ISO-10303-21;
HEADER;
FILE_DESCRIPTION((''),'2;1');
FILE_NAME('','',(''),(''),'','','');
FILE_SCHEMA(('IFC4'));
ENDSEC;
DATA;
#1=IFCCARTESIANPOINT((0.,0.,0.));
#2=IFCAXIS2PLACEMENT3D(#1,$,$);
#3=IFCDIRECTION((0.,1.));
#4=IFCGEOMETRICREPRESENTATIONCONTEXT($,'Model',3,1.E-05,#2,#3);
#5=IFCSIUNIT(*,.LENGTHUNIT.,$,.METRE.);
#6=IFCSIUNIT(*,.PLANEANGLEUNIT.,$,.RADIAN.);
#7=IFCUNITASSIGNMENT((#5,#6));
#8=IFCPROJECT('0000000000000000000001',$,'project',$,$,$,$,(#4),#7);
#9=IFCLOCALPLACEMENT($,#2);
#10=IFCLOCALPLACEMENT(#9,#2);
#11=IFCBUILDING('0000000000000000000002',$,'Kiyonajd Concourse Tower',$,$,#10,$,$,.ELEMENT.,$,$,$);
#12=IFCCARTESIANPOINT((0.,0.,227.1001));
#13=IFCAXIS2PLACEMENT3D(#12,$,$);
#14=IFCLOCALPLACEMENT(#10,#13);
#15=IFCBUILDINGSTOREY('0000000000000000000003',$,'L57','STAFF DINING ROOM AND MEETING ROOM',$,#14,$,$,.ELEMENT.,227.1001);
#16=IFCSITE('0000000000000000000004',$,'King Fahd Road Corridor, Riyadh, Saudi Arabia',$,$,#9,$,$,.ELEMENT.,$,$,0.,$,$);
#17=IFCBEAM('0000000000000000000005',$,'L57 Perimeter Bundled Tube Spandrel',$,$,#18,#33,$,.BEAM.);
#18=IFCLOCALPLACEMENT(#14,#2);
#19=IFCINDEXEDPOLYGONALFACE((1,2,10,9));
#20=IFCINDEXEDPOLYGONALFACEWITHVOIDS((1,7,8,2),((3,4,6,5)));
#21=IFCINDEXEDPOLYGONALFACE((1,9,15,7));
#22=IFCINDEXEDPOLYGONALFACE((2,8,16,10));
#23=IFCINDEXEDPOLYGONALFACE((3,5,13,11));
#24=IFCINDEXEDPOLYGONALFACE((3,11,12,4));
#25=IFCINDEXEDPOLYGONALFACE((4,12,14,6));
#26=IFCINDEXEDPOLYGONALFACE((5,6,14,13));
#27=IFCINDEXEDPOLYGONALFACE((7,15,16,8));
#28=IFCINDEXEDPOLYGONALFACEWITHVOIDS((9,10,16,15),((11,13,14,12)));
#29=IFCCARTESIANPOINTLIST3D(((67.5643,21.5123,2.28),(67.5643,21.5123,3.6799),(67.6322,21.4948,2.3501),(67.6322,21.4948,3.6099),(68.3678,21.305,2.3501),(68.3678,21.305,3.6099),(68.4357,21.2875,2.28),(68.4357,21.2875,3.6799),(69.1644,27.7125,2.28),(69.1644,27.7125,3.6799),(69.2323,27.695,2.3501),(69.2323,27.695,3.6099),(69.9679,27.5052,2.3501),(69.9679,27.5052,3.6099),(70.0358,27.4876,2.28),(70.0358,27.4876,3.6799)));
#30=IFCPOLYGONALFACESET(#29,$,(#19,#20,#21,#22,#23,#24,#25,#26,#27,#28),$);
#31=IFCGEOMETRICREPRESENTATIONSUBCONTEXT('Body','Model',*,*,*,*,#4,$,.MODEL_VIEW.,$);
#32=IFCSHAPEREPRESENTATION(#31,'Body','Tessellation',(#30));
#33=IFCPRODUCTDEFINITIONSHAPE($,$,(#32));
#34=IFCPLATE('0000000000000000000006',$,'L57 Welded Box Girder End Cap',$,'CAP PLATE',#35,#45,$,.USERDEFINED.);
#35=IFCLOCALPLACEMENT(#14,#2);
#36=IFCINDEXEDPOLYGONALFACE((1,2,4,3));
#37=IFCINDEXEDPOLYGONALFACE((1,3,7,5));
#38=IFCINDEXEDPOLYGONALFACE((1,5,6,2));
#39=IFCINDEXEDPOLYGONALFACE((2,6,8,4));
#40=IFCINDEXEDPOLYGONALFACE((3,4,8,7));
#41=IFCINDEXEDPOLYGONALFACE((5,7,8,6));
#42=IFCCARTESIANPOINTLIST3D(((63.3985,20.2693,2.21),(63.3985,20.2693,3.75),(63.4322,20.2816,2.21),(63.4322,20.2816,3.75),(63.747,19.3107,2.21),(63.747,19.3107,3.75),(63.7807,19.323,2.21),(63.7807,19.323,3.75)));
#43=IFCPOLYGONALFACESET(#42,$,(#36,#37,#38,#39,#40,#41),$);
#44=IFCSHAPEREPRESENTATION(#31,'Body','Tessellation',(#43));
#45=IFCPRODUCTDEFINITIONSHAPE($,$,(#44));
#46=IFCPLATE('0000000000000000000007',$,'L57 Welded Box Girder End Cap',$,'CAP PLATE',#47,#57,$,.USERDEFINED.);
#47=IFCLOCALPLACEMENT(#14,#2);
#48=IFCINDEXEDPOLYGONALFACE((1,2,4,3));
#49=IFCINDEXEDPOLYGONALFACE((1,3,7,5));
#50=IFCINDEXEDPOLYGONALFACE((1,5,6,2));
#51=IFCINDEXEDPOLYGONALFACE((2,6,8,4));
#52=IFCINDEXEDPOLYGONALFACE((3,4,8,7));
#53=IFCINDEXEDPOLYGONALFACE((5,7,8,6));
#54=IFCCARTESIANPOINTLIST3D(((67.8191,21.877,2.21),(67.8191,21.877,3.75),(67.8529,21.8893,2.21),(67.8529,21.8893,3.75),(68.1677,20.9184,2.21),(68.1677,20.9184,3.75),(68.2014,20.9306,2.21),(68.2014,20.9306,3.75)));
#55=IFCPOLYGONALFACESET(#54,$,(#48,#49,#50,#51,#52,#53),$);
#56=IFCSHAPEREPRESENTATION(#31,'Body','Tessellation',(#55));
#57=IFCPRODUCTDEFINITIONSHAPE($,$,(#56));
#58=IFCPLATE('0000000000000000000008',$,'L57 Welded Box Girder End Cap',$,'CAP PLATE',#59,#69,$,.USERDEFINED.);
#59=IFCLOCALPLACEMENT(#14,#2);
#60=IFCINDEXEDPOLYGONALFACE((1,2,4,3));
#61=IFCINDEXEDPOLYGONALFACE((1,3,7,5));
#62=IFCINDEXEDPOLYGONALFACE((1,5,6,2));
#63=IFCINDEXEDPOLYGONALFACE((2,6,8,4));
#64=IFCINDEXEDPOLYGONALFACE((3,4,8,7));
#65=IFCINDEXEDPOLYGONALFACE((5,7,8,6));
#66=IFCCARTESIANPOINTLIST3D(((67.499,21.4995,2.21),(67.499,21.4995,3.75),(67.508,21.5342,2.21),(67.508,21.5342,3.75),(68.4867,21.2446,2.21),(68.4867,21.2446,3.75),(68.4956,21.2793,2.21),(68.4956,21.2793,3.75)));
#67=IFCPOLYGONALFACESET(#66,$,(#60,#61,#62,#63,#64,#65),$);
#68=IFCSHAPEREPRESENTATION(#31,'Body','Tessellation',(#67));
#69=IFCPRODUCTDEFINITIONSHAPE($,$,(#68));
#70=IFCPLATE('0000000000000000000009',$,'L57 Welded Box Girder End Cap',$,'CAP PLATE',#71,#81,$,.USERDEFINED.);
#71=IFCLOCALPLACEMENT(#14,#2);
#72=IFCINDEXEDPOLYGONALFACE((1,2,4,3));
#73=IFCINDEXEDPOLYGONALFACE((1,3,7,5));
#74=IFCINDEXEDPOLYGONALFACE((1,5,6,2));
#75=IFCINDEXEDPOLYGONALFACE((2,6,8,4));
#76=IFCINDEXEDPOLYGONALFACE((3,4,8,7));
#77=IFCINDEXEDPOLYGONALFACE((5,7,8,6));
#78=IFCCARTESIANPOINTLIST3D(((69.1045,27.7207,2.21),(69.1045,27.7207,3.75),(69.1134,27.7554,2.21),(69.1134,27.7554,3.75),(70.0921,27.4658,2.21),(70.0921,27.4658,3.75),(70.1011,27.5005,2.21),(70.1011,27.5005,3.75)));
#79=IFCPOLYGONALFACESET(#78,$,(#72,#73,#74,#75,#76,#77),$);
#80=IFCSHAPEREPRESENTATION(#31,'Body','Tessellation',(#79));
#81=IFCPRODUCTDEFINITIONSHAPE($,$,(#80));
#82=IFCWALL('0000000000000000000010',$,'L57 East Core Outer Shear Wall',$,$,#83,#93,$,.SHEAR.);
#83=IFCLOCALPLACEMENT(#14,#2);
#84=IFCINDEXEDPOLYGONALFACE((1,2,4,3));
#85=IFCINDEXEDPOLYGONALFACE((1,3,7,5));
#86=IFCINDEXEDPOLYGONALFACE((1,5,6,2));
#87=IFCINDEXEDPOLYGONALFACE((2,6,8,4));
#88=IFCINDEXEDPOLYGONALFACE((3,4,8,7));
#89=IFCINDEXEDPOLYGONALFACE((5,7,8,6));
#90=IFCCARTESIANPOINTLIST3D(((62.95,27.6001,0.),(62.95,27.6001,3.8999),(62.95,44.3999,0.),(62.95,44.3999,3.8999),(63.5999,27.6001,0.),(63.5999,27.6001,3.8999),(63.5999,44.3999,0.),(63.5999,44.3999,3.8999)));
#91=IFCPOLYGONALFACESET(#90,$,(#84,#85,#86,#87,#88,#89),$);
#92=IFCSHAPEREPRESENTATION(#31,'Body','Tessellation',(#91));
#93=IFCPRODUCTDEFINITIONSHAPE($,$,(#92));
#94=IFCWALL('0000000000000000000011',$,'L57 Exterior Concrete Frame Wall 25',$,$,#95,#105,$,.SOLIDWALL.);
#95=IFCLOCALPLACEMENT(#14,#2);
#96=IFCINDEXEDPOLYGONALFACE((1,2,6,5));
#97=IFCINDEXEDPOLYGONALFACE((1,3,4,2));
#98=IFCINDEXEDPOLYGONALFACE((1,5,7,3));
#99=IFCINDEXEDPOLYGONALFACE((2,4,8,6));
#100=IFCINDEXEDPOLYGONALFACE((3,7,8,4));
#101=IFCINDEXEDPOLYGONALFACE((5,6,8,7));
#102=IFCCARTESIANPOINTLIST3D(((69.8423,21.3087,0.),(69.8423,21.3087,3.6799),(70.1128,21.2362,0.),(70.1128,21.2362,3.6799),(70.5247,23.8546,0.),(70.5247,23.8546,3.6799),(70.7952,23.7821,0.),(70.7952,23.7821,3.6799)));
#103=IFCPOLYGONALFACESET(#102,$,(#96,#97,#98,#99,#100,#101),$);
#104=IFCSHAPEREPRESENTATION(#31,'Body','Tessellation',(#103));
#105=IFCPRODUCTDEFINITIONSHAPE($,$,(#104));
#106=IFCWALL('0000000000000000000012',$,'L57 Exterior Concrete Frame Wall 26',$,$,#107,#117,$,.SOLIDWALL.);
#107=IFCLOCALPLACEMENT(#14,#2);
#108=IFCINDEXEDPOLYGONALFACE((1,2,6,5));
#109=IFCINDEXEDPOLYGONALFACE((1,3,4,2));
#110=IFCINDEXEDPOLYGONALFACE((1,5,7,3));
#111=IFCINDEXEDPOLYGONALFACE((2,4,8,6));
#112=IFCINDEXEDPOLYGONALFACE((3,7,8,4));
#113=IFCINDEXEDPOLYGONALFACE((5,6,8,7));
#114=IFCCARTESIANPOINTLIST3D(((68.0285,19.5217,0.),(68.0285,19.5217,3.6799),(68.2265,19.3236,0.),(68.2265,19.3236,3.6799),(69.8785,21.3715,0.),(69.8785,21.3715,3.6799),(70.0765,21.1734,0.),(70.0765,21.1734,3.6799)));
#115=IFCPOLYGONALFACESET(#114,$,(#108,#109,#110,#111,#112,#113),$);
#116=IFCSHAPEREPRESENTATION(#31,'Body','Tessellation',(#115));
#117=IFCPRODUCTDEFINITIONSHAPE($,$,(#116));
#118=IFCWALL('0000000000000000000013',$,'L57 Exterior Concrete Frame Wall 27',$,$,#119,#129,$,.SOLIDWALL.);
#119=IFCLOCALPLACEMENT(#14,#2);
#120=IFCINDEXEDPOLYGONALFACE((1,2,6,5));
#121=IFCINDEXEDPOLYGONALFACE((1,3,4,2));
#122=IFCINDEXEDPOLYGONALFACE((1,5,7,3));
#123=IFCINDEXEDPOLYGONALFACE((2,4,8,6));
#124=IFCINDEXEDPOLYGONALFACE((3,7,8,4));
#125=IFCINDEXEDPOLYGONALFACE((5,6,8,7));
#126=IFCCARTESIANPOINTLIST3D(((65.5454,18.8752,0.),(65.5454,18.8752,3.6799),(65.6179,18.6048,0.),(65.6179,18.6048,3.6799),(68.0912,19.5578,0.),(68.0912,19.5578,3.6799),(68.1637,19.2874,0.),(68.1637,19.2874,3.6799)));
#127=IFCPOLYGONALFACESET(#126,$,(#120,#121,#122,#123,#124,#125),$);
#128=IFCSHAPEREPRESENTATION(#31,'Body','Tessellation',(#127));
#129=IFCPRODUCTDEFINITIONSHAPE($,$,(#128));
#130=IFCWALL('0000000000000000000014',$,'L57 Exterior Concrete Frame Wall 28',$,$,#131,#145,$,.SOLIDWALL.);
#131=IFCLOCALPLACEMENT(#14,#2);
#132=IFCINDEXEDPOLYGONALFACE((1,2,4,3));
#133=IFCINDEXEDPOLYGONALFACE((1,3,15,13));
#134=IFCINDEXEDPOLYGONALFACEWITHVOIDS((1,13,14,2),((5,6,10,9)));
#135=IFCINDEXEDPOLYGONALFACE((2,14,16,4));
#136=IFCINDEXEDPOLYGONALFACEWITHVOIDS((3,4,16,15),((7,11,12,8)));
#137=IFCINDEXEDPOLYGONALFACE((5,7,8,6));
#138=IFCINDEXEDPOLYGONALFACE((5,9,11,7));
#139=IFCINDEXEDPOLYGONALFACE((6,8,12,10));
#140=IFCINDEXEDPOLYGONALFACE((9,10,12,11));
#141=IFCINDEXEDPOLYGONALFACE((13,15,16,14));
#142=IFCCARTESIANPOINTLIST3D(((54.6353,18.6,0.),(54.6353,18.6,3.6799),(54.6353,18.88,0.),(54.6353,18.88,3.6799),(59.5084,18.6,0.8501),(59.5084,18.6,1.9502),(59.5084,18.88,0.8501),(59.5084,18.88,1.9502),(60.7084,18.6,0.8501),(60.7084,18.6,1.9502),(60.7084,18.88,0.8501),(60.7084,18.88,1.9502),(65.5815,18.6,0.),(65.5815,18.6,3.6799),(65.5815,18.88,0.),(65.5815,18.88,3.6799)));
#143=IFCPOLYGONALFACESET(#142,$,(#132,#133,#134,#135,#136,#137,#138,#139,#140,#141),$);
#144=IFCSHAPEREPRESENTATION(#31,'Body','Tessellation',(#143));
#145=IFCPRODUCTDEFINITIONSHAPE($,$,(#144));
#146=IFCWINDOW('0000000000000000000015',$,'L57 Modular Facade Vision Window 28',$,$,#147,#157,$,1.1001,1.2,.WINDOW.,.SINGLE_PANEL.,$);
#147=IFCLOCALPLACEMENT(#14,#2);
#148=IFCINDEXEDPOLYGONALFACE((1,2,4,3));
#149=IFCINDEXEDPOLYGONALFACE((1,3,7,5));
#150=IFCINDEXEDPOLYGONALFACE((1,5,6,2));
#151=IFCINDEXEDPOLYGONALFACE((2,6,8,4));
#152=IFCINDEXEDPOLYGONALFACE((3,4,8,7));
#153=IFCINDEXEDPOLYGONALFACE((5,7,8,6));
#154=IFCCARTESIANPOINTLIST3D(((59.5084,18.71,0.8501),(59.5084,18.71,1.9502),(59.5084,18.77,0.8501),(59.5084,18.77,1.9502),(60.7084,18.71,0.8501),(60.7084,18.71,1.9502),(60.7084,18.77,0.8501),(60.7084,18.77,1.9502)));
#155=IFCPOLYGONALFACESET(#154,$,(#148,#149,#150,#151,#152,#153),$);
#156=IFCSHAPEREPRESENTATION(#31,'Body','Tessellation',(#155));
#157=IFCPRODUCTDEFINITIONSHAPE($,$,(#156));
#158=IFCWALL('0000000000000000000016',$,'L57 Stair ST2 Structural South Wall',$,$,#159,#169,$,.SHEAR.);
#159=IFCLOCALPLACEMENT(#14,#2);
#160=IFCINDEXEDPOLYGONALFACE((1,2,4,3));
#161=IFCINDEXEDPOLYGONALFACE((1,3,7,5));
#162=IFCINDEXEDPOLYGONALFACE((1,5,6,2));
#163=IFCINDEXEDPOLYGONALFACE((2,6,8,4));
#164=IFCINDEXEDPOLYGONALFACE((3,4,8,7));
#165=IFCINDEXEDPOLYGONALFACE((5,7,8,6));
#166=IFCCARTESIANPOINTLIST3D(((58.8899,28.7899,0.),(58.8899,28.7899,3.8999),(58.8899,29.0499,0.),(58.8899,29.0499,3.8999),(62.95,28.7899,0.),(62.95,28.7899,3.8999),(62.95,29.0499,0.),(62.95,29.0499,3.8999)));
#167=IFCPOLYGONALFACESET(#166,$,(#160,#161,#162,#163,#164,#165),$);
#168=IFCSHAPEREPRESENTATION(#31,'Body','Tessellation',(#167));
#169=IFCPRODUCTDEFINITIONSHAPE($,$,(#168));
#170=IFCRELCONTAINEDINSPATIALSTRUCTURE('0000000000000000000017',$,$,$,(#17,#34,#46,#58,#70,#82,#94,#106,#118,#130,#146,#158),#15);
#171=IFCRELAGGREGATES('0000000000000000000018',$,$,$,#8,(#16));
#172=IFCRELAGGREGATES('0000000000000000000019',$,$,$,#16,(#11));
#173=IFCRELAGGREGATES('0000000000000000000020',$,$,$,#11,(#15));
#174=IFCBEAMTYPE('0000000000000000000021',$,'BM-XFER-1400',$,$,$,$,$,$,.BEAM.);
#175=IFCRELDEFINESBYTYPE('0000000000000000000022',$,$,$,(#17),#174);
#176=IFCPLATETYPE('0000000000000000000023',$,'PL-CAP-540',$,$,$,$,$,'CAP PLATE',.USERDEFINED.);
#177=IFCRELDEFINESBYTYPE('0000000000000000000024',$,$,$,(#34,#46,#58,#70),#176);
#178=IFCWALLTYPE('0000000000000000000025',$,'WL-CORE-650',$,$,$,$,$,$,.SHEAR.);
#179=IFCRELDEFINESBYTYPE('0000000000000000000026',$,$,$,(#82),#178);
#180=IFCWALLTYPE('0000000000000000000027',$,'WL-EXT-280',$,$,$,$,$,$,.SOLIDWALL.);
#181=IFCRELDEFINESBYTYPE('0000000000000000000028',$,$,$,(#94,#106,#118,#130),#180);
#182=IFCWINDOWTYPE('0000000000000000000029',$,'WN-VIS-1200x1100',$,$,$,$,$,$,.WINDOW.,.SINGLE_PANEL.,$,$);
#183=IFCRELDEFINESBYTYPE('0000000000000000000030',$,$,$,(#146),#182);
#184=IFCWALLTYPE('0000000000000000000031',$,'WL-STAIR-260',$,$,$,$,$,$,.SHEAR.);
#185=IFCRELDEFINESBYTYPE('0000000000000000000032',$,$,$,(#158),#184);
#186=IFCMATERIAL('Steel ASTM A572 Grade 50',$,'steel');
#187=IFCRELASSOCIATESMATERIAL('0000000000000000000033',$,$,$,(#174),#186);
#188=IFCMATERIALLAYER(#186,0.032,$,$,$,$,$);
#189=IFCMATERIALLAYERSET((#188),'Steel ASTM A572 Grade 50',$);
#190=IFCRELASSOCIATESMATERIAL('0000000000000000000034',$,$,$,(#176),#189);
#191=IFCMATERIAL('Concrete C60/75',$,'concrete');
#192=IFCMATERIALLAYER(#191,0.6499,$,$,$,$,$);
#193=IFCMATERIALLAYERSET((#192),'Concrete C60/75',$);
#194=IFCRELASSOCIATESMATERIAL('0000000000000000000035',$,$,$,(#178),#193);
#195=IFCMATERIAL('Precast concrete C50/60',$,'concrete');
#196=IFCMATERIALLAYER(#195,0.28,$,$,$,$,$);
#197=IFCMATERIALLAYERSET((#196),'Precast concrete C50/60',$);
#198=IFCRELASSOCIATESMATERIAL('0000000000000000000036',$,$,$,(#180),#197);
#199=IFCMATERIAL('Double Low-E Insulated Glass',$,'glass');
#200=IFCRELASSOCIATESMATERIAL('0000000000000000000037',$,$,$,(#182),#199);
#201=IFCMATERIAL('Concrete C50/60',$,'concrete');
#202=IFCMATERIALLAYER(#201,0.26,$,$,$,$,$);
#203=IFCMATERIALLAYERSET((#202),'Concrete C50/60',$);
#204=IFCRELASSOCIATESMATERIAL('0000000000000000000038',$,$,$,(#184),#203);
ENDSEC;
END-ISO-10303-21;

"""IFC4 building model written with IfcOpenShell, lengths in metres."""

from ifc_helpers import new_model, si_unit, direction, frame, frame_2d, origin, origin_2d, place, context, subcontext, project, spatial, rectangle, hollow_rectangle, extrude, material, layer, layer_set, material_profile, profile_set, type_object, element, fill, save


model = new_model("IFC4")

# Units and contexts
model_context = context("Model", 3, precision=1e-05, world=origin(), true_north=direction((0.0, 1.0)))
body_context = subcontext(model_context, "Body", "Model", "MODEL_VIEW")
ifc_project = project(units=[si_unit("LENGTHUNIT", "METRE"), si_unit("PLANEANGLEUNIT", "RADIAN")], contexts=[model_context])

# Site, building, storey
site_placement = place(None, origin())
site = spatial("IfcSite", under=ifc_project, at=site_placement, Name="King Fahd Road Corridor, Riyadh, Saudi Arabia", CompositionType="ELEMENT", RefElevation=0.0)
building_placement = place(site_placement, origin())
building = spatial("IfcBuilding", under=site, at=building_placement, Name="Kiyonajd Concourse Tower", CompositionType="ELEMENT")
storey_placement = place(building_placement, frame((0.0, 0.0, 227.1001)))
storey = spatial("IfcBuildingStorey", under=building, at=storey_placement, Name="L57", Description="STAFF DINING ROOM AND MEETING ROOM", CompositionType="ELEMENT", Elevation=227.1001)

# Shared definitions
ifc_material_1 = material(Name="Concrete C60/75", Category="concrete")

# Beam
ifc_material_2 = material(Name="Concrete C50/60", Category="concrete")
ifc_material_3 = material(Name="Steel ASTM A572 Grade 50", Category="steel")
ifc_material_profile_1 = material_profile(ifc_material_3, hollow_rectangle(XDim=0.8999, YDim=1.3999, WallThickness=0.0701, at=origin_2d()), Name="BOX-1400x900x70")
ifc_profile_set_1 = profile_set([ifc_material_profile_1], Name="Steel ASTM A572 Grade 50")
beam_type_1 = type_object("IfcBeamType", Name="BM-XFER-1400", PredefinedType="BEAM", material=ifc_profile_set_1)
beam_1_placement = place(storey_placement, frame((68.0, 21.3999, 2.98), z_axis=(0.249885, 0.968276, 0.0), x_axis=(-0.968276, 0.249885, 0.0)))
element("IfcBeam", 1, at=beam_1_placement, inside=storey, type_object=beam_type_1, Name="L57 Perimeter Bundled Tube Spandrel", PredefinedType="BEAM", context=body_context, shape_type="SweptSolid", body=[
    extrude(hollow_rectangle(XDim=0.8999, YDim=1.3999, WallThickness=0.0701, at=origin_2d()), origin(), (0.0, 0.0, 1.0), 6.4033),
])

# Plates
ifc_layer_1 = layer(ifc_material_3, 0.032)
ifc_layer_set_1 = layer_set([ifc_layer_1], Name="Steel ASTM A572 Grade 50")
plate_type = type_object("IfcPlateType", Name="PL-CAP-540", ElementType="CAP PLATE", PredefinedType="USERDEFINED", material=ifc_layer_set_1)
for number, where, z_axis, x_axis, name in (
    (2, (63.5896, 19.7961, 2.21), (0.0, 0.0, 1.0), (-0.939812, -0.341692, 0.0), "L57 Welded Box Girder End Cap"),
    (3, (68.0103, 21.4038, 2.21), (0.0, 0.0, 1.0), (0.939812, 0.341692, 0.0), "L57 Welded Box Girder End Cap"),
    (4, (67.9973, 21.3894, 2.21), (0.0, 0.0, 1.0), (-0.249873, -0.968279, 0.0), "L57 Welded Box Girder End Cap"),
    (5, (69.6028, 27.6106, 2.21), (0.0, 0.0, 1.0), (0.249873, 0.968279, 0.0), "L57 Welded Box Girder End Cap"),
):
    element("IfcPlate", number, at=place(storey_placement, frame(where, z_axis=z_axis, x_axis=x_axis)), inside=storey, type_object=plate_type, Name=name, ObjectType="CAP PLATE", PredefinedType="USERDEFINED", context=body_context, shape_type="SweptSolid", body=[
        extrude(rectangle(XDim=0.0359, YDim=1.02, at=origin_2d()), origin(), (0.0, 0.0, 1.0), 1.54),
    ])

# Walls
ifc_layer_2 = layer(ifc_material_1, 0.6499)
ifc_layer_set_2 = layer_set([ifc_layer_2], Name="Concrete C60/75")
wall_type_1 = type_object("IfcWallType", Name="WL-CORE-650", PredefinedType="SHEAR", material=ifc_layer_set_2)
wall_1_placement = place(storey_placement, frame((63.2749, 27.6001, 0.0), z_axis=(0.0, 0.0, 1.0), x_axis=(0.0, 1.0, 0.0)))
element("IfcWall", 6, at=wall_1_placement, inside=storey, type_object=wall_type_1, Name="L57 East Core Outer Shear Wall", PredefinedType="SHEAR", context=body_context, shape_type="SweptSolid", body=[
    extrude(rectangle(XDim=16.7998, YDim=0.6499, at=frame_2d((8.3999, 0.0))), origin(), (0.0, 0.0, 1.0), 3.8999),
])
ifc_material_4 = material(Name="Precast concrete C50/60", Category="concrete")
ifc_layer_3 = layer(ifc_material_4, 0.28)
ifc_layer_set_3 = layer_set([ifc_layer_3], Name="Precast concrete C50/60")
wall_type_2 = type_object("IfcWallType", Name="WL-EXT-280", PredefinedType="SOLIDWALL", material=ifc_layer_set_3)
wall_2_placement = place(storey_placement, frame((70.6599, 23.8184, 0.0), z_axis=(0.0, 0.0, 1.0), x_axis=(-0.25889, -0.965907, 0.0)))
element("IfcWall", 7, at=wall_2_placement, inside=storey, type_object=wall_type_2, Name="L57 Exterior Concrete Frame Wall 25", PredefinedType="SOLIDWALL", context=body_context, shape_type="SweptSolid", body=[
    extrude(rectangle(XDim=2.6357, YDim=0.28, at=frame_2d((1.3179, 0.0))), origin(), (0.0, 0.0, 1.0), 3.6799),
])
wall_3_placement = place(storey_placement, frame((69.9775, 21.2725, 0.0), z_axis=(0.0, 0.0, 1.0), x_axis=(-0.707153, -0.70706, 0.0)))
element("IfcWall", 8, at=wall_3_placement, inside=storey, type_object=wall_type_2, Name="L57 Exterior Concrete Frame Wall 26", PredefinedType="SOLIDWALL", context=body_context, shape_type="SweptSolid", body=[
    extrude(rectangle(XDim=2.6162, YDim=0.28, at=frame_2d((1.3081, 0.0))), origin(), (0.0, 0.0, 1.0), 3.6799),
])
wall_4_placement = place(storey_placement, frame((68.1274, 19.4226, 0.0), z_axis=(0.0, 0.0, 1.0), x_axis=(-0.965884, -0.258977, 0.0)))
element("IfcWall", 9, at=wall_4_placement, inside=storey, type_object=wall_type_2, Name="L57 Exterior Concrete Frame Wall 27", PredefinedType="SOLIDWALL", context=body_context, shape_type="SweptSolid", body=[
    extrude(rectangle(XDim=2.6357, YDim=0.28, at=frame_2d((1.3179, 0.0))), origin(), (0.0, 0.0, 1.0), 3.6799),
])

# Wall, opening, window
wall_5_placement = place(storey_placement, frame((65.5815, 18.74, 0.0), z_axis=(0.0, 0.0, 1.0), x_axis=(-1.0, 0.0, 0.0)))
wall_5 = element("IfcWall", 10, at=wall_5_placement, inside=storey, type_object=wall_type_2, Name="L57 Exterior Concrete Frame Wall 28", PredefinedType="SOLIDWALL", context=body_context, shape_type="SweptSolid", body=[
    extrude(rectangle(XDim=10.9463, YDim=0.28, at=frame_2d((5.4731, 0.0))), origin(), (0.0, 0.0, 1.0), 3.6799),
])
opening_1_placement = place(wall_5_placement, frame((4.873, 0.0, 0.8501)))
opening_1 = element("IfcOpeningElement", 11, at=opening_1_placement, cuts=wall_5, PredefinedType="OPENING", context=body_context, shape_type="SweptSolid", body=[
    extrude(rectangle(XDim=1.2, YDim=1.1001, at=frame_2d((0.6001, 0.55))), frame((0.0, 0.1499, 0.0), z_axis=(0.0, -1.0, 0.0), x_axis=(1.0, 0.0, 0.0)), (0.0, 0.0, 1.0), 0.3),
])
ifc_material_5 = material(Name="Double Low-E Insulated Glass", Category="glass")
window_type = type_object("IfcWindowType", Name="WN-VIS-1200x1100", PartitioningType="SINGLE_PANEL", PredefinedType="WINDOW", material=ifc_material_5)
window_placement = place(opening_1_placement, origin())
window = element("IfcWindow", 12, at=window_placement, inside=storey, type_object=window_type, Name="L57 Modular Facade Vision Window 28", OverallHeight=1.1001, OverallWidth=1.2, PartitioningType="SINGLE_PANEL", PredefinedType="WINDOW", context=body_context, shape_type="SweptSolid", body=[
    extrude(rectangle(XDim=1.2, YDim=1.1001, at=frame_2d((0.6001, 0.55))), frame((0.0, 0.03, 0.0), z_axis=(0.0, -1.0, 0.0), x_axis=(1.0, 0.0, 0.0)), (0.0, 0.0, 1.0), 0.0601),
])
fill(opening_1, window)

# Wall
ifc_layer_4 = layer(ifc_material_2, 0.26)
ifc_layer_set_4 = layer_set([ifc_layer_4], Name="Concrete C50/60")
wall_type_3 = type_object("IfcWallType", Name="WL-STAIR-260", PredefinedType="SHEAR", material=ifc_layer_set_4)
wall_6_placement = place(storey_placement, frame((58.8899, 28.9199, 0.0), z_axis=(0.0, 0.0, 1.0), x_axis=(1.0, 0.0, 0.0)))
element("IfcWall", 13, at=wall_6_placement, inside=storey, type_object=wall_type_3, Name="L57 Stair ST2 Structural South Wall", PredefinedType="SHEAR", context=body_context, shape_type="SweptSolid", body=[
    extrude(rectangle(XDim=4.0601, YDim=0.26, at=frame_2d((2.03, 0.0))), origin(), (0.0, 0.0, 1.0), 3.8999),
])

save(model, "model.ifc")
